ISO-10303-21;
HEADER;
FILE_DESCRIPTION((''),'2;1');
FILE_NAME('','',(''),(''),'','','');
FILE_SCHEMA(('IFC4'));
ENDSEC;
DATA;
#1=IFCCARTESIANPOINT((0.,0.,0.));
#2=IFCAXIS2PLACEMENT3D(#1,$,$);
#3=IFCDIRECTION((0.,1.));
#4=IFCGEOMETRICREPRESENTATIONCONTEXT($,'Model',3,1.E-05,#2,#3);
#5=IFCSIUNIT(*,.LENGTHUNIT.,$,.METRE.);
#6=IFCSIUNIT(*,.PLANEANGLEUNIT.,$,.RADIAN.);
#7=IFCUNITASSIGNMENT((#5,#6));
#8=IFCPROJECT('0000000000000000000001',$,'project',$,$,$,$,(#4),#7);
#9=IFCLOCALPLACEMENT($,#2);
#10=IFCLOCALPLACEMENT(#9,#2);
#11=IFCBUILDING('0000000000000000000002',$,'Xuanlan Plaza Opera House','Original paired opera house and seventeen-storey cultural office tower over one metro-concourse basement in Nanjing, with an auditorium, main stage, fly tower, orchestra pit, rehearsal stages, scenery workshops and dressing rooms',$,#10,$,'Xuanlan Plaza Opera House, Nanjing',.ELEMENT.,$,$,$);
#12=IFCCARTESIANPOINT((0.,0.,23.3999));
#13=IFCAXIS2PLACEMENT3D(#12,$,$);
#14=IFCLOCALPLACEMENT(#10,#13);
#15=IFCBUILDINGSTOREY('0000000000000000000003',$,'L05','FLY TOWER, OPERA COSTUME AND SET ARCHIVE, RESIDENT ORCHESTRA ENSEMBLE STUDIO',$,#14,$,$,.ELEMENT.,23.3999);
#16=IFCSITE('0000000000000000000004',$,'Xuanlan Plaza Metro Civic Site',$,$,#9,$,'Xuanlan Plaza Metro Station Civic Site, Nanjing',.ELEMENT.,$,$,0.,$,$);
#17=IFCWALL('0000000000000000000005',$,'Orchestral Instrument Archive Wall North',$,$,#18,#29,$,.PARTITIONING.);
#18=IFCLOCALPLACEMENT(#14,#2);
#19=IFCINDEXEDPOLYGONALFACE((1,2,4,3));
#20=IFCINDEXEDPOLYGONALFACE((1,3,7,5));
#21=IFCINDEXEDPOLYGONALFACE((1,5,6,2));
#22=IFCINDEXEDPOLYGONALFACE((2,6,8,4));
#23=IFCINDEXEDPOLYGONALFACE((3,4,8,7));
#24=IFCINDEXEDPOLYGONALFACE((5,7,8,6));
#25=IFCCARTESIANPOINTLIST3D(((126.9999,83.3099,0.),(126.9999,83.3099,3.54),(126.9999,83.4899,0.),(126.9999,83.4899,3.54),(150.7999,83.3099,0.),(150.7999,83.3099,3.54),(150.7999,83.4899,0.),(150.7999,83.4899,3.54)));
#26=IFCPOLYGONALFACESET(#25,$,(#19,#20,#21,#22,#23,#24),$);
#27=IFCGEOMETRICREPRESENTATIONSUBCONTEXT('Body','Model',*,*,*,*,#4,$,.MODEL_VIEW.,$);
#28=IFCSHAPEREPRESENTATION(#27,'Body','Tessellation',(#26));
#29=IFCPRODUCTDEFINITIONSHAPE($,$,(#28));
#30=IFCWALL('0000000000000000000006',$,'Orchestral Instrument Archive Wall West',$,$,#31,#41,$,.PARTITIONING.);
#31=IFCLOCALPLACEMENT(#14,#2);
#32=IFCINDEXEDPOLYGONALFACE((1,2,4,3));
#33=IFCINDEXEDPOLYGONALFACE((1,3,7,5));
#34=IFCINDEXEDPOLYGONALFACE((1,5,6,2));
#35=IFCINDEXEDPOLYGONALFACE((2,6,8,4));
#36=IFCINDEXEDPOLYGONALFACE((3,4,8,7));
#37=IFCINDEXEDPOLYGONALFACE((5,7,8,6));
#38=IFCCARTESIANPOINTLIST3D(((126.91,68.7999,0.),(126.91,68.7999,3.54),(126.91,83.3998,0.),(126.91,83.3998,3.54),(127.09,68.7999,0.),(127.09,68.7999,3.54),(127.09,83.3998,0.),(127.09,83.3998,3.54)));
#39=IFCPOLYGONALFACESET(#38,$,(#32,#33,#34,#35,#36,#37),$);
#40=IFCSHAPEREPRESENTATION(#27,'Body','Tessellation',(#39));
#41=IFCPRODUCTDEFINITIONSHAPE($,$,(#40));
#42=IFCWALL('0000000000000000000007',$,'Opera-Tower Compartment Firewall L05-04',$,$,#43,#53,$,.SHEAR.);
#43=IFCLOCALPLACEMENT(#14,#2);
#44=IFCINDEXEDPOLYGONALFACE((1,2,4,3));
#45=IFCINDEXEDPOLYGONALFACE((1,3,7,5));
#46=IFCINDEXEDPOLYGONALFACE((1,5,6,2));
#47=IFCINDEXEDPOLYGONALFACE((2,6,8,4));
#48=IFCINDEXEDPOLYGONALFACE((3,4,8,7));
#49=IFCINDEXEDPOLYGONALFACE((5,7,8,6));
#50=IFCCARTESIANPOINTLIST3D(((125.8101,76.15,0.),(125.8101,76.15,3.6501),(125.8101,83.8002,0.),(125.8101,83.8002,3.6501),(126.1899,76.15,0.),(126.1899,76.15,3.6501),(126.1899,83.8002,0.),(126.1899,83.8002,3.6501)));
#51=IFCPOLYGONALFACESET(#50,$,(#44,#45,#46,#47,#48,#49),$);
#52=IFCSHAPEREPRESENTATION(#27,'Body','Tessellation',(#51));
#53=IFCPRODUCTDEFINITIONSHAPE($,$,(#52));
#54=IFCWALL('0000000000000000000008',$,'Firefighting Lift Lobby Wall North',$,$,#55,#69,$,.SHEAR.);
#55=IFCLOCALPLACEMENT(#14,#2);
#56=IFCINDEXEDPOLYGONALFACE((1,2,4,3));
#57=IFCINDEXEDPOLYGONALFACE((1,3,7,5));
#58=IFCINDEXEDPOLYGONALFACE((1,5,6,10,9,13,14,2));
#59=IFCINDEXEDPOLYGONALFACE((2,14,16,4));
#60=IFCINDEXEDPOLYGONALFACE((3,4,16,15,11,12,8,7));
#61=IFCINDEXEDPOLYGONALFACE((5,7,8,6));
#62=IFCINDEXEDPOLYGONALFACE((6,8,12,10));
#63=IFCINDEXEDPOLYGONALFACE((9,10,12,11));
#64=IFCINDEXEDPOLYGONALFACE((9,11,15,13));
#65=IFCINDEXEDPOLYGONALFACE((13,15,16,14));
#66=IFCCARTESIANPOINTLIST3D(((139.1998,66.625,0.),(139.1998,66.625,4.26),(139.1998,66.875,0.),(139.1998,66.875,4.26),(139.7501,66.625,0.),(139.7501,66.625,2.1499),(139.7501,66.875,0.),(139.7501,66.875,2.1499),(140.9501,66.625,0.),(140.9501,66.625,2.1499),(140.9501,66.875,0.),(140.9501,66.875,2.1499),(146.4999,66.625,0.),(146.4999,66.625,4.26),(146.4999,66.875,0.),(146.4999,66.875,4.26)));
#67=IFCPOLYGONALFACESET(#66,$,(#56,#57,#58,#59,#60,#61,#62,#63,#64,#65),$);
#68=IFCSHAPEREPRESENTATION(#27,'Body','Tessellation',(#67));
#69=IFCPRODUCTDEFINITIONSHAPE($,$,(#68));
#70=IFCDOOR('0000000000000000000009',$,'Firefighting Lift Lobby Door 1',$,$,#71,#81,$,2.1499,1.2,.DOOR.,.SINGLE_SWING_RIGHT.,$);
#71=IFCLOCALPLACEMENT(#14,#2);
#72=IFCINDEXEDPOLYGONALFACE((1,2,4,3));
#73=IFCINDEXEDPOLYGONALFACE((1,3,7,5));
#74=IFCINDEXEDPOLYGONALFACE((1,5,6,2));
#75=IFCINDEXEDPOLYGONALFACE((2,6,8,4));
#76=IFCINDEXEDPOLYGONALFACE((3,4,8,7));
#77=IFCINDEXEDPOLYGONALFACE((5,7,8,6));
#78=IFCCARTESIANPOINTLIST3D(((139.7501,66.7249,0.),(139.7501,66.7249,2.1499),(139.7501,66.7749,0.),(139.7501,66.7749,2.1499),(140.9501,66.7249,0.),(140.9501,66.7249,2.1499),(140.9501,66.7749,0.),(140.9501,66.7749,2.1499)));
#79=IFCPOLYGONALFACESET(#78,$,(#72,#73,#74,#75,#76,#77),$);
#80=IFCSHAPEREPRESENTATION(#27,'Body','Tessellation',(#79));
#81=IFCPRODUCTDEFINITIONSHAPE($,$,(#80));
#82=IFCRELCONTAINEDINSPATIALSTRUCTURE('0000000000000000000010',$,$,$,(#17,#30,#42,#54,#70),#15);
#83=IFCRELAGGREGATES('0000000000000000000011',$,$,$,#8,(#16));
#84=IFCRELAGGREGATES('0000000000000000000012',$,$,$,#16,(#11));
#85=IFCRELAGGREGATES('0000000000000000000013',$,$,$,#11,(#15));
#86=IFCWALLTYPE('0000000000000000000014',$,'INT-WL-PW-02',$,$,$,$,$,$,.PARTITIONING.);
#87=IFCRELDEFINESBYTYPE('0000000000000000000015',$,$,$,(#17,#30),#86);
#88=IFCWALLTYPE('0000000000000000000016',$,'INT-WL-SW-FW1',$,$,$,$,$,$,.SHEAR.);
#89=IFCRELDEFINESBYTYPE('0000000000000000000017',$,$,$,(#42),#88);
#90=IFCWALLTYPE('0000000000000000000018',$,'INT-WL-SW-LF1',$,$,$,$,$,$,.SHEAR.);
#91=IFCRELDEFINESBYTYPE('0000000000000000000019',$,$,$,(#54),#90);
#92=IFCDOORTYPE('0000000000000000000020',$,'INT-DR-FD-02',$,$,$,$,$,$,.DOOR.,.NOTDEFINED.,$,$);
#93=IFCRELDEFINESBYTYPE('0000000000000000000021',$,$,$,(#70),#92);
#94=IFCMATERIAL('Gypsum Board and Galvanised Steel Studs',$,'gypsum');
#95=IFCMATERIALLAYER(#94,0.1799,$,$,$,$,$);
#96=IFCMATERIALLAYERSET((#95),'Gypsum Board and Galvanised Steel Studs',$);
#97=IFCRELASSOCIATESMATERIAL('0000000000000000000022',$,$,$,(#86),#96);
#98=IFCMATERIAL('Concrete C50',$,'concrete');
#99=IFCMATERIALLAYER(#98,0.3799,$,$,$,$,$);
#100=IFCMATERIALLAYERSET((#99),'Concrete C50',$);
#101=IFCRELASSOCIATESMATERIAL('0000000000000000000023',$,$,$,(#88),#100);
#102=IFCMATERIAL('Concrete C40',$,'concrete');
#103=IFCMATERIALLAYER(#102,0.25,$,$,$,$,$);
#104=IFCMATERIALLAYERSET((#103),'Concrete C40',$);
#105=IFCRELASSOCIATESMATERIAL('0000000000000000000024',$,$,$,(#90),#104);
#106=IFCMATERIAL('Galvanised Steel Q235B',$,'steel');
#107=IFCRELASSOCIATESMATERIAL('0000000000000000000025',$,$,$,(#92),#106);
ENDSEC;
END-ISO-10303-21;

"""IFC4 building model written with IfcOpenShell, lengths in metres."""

from ifc_helpers import new_model, si_unit, direction, frame, frame_2d, origin, place, context, subcontext, project, spatial, rectangle, extrude, material, layer, layer_set, type_object, element, fill, save


model = new_model("IFC4")

# Units and contexts
model_context = context("Model", 3, precision=1e-05, world=origin(), true_north=direction((0.0, 1.0)))
body_context = subcontext(model_context, "Body", "Model", "MODEL_VIEW")
ifc_project = project(units=[si_unit("LENGTHUNIT", "METRE"), si_unit("PLANEANGLEUNIT", "RADIAN")], contexts=[model_context])

# Site, building, storey
site_placement = place(None, origin())
site = spatial("IfcSite", under=ifc_project, at=site_placement, Name="Xuanlan Plaza Metro Civic Site", LongName="Xuanlan Plaza Metro Station Civic Site, Nanjing", CompositionType="ELEMENT", RefElevation=0.0)
building_placement = place(site_placement, origin())
building = spatial("IfcBuilding", under=site, at=building_placement, Name="Xuanlan Plaza Opera House", Description="Original paired opera house and seventeen-storey cultural office tower over one metro-concourse basement in Nanjing, with an auditorium, main stage, fly tower, orchestra pit, rehearsal stages, scenery workshops and dressing rooms", LongName="Xuanlan Plaza Opera House, Nanjing", CompositionType="ELEMENT")
storey_placement = place(building_placement, frame((0.0, 0.0, 23.3999)))
storey = spatial("IfcBuildingStorey", under=building, at=storey_placement, Name="L05", Description="FLY TOWER, OPERA COSTUME AND SET ARCHIVE, RESIDENT ORCHESTRA ENSEMBLE STUDIO", CompositionType="ELEMENT", Elevation=23.3999)

# Shared definitions
ifc_material_1 = material(Name="Concrete C50", Category="concrete")

# Shared definitions
ifc_material_2 = material(Name="Concrete C40", Category="concrete")

# Shared definitions
ifc_material_3 = material(Name="Gypsum Board and Galvanised Steel Studs", Category="gypsum")
ifc_layer_1 = layer(ifc_material_3, 0.1799)
ifc_layer_set_1 = layer_set([ifc_layer_1], Name="Gypsum Board and Galvanised Steel Studs")
wall_type_1 = type_object("IfcWallType", Name="INT-WL-PW-02", PredefinedType="PARTITIONING", material=ifc_layer_set_1)

# Walls
wall_1_placement = place(storey_placement, frame((127.0, 83.3999, 0.0), z_axis=(0.0, 0.0, 1.0), x_axis=(1.0, 0.0, 0.0)))
element("IfcWall", 1, at=wall_1_placement, inside=storey, type_object=wall_type_1, Name="Orchestral Instrument Archive Wall North", PredefinedType="PARTITIONING", context=body_context, shape_type="SweptSolid", body=[
    extrude(rectangle(XDim=23.8, YDim=0.1799, at=frame_2d((11.8999, 0.0))), origin(), (0.0, 0.0, 1.0), 3.54),
])
wall_2_placement = place(storey_placement, frame((127.0, 68.8, 0.0), z_axis=(0.0, 0.0, 1.0), x_axis=(0.0, 1.0, 0.0)))
element("IfcWall", 2, at=wall_2_placement, inside=storey, type_object=wall_type_1, Name="Orchestral Instrument Archive Wall West", PredefinedType="PARTITIONING", context=body_context, shape_type="SweptSolid", body=[
    extrude(rectangle(XDim=14.5999, YDim=0.1799, at=frame_2d((7.2998, 0.0))), origin(), (0.0, 0.0, 1.0), 3.54),
])
ifc_layer_2 = layer(ifc_material_1, 0.3799)
ifc_layer_set_2 = layer_set([ifc_layer_2], Name="Concrete C50")
wall_type_2 = type_object("IfcWallType", Name="INT-WL-SW-FW1", PredefinedType="SHEAR", material=ifc_layer_set_2)
wall_3_placement = place(storey_placement, frame((126.0, 76.1499, 0.0), z_axis=(0.0, 0.0, 1.0), x_axis=(0.0, 1.0, 0.0)))
element("IfcWall", 3, at=wall_3_placement, inside=storey, type_object=wall_type_2, Name="Opera-Tower Compartment Firewall L05-04", PredefinedType="SHEAR", context=body_context, shape_type="SweptSolid", body=[
    extrude(rectangle(XDim=7.6501, YDim=0.3799, at=frame_2d((3.8252, 0.0))), origin(), (0.0, 0.0, 1.0), 3.6501),
])

# Wall, opening, door
ifc_layer_3 = layer(ifc_material_2, 0.25)
ifc_layer_set_3 = layer_set([ifc_layer_3], Name="Concrete C40")
wall_type_3 = type_object("IfcWallType", Name="INT-WL-SW-LF1", PredefinedType="SHEAR", material=ifc_layer_set_3)
wall_4_placement = place(storey_placement, frame((139.2, 66.75, 0.0), z_axis=(0.0, 0.0, 1.0), x_axis=(1.0, 0.0, 0.0)))
wall_4 = element("IfcWall", 4, at=wall_4_placement, inside=storey, type_object=wall_type_3, Name="Firefighting Lift Lobby Wall North", PredefinedType="SHEAR", context=body_context, shape_type="SweptSolid", body=[
    extrude(rectangle(XDim=7.3, YDim=0.25, at=frame_2d((3.6499, 0.0))), origin(), (0.0, 0.0, 1.0), 4.26),
])
opening_1_placement = place(wall_4_placement, frame((0.55, 0.0, 0.0)))
opening_1 = element("IfcOpeningElement", 5, at=opening_1_placement, cuts=wall_4, PredefinedType="OPENING", context=body_context, shape_type="SweptSolid", body=[
    extrude(rectangle(XDim=1.2, YDim=2.1499, at=frame_2d((0.6001, 1.075))), frame((0.0, 0.135, 0.0), z_axis=(0.0, -1.0, 0.0), x_axis=(1.0, 0.0, 0.0)), (0.0, 0.0, 1.0), 0.27),
])
ifc_material_4 = material(Name="Galvanised Steel Q235B", Category="steel")
door_type_1 = type_object("IfcDoorType", Name="INT-DR-FD-02", OperationType="NOTDEFINED", PredefinedType="DOOR", material=ifc_material_4)
door_1_placement = place(opening_1_placement, origin())
door_1 = element("IfcDoor", 6, at=door_1_placement, inside=storey, type_object=door_type_1, Name="Firefighting Lift Lobby Door 1", OperationType="SINGLE_SWING_RIGHT", OverallHeight=2.1499, OverallWidth=1.2, PredefinedType="DOOR", context=body_context, shape_type="SweptSolid", body=[
    extrude(rectangle(XDim=1.2, YDim=2.1499, at=frame_2d((0.6001, 1.075))), frame((0.0, 0.0249, 0.0), z_axis=(0.0, -1.0, 0.0), x_axis=(1.0, 0.0, 0.0)), (0.0, 0.0, 1.0), 0.05),
])
fill(opening_1, door_1)

save(model, "model.ifc")
